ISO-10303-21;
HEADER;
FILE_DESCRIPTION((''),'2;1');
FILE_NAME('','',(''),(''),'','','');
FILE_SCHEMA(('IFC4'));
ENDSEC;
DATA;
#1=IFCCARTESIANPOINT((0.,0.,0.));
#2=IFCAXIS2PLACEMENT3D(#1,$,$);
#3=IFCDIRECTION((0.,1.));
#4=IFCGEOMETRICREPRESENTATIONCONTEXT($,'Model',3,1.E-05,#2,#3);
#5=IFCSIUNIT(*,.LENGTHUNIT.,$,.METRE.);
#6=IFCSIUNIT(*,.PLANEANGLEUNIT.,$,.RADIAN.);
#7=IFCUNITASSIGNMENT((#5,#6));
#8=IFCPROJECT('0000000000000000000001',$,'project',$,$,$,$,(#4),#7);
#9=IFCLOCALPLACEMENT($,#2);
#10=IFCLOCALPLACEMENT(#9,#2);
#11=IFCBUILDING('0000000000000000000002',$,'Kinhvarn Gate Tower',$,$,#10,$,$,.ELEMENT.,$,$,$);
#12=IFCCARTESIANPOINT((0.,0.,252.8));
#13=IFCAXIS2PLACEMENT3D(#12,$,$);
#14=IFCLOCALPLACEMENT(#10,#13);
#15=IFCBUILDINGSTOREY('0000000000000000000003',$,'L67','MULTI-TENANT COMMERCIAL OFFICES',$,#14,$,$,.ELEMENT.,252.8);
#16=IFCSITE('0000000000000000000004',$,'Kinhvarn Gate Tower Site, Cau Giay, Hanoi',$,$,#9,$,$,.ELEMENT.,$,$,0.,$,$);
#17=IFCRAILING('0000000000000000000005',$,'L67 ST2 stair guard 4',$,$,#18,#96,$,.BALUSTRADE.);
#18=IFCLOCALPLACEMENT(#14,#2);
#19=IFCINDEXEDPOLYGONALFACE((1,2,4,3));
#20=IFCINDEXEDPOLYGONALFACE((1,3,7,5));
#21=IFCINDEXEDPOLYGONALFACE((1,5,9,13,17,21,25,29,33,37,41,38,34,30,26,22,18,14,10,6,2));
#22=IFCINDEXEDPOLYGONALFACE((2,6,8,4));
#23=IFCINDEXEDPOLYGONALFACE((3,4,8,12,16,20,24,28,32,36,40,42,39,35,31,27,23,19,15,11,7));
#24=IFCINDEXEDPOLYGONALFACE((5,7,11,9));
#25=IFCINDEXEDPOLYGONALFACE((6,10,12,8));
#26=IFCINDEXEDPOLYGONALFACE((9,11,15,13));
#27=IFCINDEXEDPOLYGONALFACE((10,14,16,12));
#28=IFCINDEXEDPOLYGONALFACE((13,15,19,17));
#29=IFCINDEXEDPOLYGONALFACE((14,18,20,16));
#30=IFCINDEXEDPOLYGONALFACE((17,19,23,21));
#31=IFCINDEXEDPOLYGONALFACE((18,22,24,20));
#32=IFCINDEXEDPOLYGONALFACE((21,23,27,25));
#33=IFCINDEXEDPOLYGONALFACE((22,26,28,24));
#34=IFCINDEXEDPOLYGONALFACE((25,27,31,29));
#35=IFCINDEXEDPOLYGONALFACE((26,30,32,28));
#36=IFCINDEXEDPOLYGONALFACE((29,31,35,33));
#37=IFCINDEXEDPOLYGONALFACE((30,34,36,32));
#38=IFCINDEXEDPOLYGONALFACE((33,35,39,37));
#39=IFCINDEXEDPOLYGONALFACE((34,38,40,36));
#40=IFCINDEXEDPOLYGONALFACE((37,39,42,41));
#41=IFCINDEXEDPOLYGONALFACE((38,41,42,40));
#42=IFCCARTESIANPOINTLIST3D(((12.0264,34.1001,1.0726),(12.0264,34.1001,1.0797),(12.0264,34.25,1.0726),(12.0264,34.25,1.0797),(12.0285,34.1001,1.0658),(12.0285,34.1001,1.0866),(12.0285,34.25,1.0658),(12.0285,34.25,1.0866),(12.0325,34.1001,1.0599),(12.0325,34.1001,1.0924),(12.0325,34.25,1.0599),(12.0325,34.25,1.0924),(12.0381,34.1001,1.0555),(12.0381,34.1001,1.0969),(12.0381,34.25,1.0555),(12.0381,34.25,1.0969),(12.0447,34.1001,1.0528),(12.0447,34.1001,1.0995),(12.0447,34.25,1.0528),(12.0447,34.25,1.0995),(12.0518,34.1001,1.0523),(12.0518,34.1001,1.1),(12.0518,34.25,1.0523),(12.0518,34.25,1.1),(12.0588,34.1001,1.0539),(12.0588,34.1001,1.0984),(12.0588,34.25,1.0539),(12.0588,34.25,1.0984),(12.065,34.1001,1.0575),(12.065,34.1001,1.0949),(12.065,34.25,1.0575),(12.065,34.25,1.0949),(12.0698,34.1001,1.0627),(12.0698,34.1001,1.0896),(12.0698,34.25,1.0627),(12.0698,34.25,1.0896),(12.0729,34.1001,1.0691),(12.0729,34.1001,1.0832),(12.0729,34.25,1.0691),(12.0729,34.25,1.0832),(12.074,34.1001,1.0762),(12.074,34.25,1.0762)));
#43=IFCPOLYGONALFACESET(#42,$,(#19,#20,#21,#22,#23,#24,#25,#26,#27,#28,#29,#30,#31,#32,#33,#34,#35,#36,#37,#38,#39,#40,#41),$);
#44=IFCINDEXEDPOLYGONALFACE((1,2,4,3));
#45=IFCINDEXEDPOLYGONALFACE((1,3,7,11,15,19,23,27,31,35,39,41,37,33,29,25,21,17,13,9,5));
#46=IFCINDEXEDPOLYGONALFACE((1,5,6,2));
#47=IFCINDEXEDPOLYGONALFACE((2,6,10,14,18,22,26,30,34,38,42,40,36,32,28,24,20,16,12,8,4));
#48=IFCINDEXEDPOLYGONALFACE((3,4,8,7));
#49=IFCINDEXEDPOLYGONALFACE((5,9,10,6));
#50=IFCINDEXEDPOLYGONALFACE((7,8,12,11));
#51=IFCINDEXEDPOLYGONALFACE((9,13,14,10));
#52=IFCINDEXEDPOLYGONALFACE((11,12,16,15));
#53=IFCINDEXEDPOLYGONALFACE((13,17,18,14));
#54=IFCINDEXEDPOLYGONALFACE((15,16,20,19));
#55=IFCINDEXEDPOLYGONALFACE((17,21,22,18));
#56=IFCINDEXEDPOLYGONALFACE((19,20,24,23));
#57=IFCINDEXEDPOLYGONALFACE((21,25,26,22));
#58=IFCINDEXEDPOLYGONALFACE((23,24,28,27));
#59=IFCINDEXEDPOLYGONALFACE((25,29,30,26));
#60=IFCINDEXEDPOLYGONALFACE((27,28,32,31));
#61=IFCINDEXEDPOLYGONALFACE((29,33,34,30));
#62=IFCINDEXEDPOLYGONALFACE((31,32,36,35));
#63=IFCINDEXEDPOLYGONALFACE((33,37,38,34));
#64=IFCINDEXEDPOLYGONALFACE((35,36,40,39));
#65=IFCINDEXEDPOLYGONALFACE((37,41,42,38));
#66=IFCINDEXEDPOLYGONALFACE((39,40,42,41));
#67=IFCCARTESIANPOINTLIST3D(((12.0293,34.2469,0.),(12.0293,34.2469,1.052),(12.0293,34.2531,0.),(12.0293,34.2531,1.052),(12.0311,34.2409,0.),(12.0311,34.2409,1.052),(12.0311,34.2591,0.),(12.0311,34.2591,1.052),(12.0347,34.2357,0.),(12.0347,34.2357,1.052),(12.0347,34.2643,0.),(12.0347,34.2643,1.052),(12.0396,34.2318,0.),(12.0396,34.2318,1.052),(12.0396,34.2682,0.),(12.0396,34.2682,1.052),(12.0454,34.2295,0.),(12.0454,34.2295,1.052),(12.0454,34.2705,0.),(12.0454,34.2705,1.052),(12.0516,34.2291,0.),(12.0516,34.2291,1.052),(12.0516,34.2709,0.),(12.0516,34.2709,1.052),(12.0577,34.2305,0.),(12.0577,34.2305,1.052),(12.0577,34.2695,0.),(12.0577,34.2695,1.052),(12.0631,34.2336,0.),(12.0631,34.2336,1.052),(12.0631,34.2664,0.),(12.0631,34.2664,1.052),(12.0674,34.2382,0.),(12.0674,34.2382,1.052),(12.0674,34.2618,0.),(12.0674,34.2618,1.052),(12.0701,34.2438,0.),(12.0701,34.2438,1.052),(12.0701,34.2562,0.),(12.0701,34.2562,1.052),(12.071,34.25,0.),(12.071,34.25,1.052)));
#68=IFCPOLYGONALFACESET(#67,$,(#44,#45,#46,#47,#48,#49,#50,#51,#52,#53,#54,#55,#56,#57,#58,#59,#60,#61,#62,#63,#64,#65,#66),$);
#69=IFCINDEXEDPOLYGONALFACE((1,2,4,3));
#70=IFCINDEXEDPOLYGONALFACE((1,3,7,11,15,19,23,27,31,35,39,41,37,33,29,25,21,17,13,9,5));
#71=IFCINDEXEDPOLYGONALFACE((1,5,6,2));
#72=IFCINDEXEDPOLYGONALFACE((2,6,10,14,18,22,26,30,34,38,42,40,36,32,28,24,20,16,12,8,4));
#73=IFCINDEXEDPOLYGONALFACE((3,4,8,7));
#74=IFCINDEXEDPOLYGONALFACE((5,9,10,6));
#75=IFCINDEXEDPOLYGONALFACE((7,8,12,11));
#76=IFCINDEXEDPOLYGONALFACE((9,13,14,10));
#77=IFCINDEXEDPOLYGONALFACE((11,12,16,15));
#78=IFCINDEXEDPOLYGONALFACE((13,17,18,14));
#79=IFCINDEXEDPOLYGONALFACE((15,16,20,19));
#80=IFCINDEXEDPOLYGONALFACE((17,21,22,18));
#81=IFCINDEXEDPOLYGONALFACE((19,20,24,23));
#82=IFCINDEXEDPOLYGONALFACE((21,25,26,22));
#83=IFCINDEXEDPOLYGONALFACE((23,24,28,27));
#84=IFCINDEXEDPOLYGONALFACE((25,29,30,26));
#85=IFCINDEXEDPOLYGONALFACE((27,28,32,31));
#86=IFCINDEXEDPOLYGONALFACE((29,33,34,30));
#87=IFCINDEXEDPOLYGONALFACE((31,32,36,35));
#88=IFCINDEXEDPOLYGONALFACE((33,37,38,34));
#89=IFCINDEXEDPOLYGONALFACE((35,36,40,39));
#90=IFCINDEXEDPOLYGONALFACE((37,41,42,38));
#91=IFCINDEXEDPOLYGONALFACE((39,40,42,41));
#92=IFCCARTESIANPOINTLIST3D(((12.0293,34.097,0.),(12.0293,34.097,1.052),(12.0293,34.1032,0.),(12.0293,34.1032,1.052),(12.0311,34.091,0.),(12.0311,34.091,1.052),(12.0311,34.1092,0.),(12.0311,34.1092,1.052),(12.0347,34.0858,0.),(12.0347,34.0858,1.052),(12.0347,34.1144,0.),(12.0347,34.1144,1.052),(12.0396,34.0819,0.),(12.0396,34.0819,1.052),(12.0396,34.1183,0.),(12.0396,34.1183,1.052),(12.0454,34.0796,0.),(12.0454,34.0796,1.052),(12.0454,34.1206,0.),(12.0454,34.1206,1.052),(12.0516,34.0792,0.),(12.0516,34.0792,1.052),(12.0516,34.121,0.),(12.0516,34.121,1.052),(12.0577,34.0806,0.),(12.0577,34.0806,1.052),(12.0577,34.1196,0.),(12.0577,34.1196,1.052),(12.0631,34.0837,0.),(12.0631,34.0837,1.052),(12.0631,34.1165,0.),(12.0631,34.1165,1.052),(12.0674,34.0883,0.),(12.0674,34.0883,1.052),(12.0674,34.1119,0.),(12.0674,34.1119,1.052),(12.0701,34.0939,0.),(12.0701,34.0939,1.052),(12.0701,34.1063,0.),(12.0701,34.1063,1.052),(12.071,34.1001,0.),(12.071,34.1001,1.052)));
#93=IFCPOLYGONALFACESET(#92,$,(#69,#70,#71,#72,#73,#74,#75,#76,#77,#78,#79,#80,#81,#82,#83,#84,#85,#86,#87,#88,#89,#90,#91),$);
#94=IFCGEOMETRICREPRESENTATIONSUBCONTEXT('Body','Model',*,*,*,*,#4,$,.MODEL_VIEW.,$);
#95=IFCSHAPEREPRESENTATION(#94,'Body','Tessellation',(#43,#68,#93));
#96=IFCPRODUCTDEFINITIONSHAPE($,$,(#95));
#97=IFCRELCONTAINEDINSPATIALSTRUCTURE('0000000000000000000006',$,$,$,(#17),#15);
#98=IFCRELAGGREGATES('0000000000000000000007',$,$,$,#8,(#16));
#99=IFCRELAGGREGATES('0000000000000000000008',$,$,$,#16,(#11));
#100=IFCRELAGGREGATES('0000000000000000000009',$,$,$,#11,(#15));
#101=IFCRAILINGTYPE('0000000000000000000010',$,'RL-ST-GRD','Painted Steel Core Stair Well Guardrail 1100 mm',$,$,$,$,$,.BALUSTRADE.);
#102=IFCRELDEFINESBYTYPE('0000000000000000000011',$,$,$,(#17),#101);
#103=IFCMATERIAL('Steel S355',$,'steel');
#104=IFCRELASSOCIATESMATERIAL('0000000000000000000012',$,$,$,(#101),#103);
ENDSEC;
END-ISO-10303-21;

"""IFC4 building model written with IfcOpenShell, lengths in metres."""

from ifc_helpers import new_model, si_unit, direction, frame, origin, origin_2d, place, context, subcontext, project, spatial, circle, extrude, material, type_object, element, save


model = new_model("IFC4")

# Units and contexts
model_context = context("Model", 3, precision=1e-05, world=origin(), true_north=direction((0.0, 1.0)))
body_context = subcontext(model_context, "Body", "Model", "MODEL_VIEW")
ifc_project = project(units=[si_unit("LENGTHUNIT", "METRE"), si_unit("PLANEANGLEUNIT", "RADIAN")], contexts=[model_context])

# Site, building, storey
site_placement = place(None, origin())
site = spatial("IfcSite", under=ifc_project, at=site_placement, Name="Kinhvarn Gate Tower Site, Cau Giay, Hanoi", CompositionType="ELEMENT", RefElevation=0.0)
building_placement = place(site_placement, origin())
building = spatial("IfcBuilding", under=site, at=building_placement, Name="Kinhvarn Gate Tower", CompositionType="ELEMENT")
storey_placement = place(building_placement, frame((0.0, 0.0, 252.8)))
storey = spatial("IfcBuildingStorey", under=building, at=storey_placement, Name="L67", Description="MULTI-TENANT COMMERCIAL OFFICES", CompositionType="ELEMENT", Elevation=252.8)

# Railing
ifc_material_1 = material(Name="Steel S355", Category="steel")
railing_type_1 = type_object("IfcRailingType", Name="RL-ST-GRD", Description="Painted Steel Core Stair Well Guardrail 1100 mm", PredefinedType="BALUSTRADE", material=ifc_material_1)
railing_1_placement = place(storey_placement, frame((12.05, 34.25, 0.0)))
element("IfcRailing", 1, at=railing_1_placement, inside=storey, type_object=railing_type_1, Name="L67 ST2 stair guard 4", PredefinedType="BALUSTRADE", context=body_context, shape_type="SweptSolid", body=[
    extrude(circle(Radius=0.0239, at=origin_2d()), frame((0.0, 0.0, 1.0762), z_axis=(0.0, -1.0, 0.0), x_axis=(1.0, 0.0, 0.0)), (0.0, 0.0, 1.0), 0.1499),
    extrude(circle(Radius=0.021, at=origin_2d()), origin(), (0.0, 0.0, 1.0), 1.052),
    extrude(circle(Radius=0.021, at=origin_2d()), frame((0.0, -0.1499, 0.0)), (0.0, 0.0, 1.0), 1.052),
])

save(model, "model.ifc")
